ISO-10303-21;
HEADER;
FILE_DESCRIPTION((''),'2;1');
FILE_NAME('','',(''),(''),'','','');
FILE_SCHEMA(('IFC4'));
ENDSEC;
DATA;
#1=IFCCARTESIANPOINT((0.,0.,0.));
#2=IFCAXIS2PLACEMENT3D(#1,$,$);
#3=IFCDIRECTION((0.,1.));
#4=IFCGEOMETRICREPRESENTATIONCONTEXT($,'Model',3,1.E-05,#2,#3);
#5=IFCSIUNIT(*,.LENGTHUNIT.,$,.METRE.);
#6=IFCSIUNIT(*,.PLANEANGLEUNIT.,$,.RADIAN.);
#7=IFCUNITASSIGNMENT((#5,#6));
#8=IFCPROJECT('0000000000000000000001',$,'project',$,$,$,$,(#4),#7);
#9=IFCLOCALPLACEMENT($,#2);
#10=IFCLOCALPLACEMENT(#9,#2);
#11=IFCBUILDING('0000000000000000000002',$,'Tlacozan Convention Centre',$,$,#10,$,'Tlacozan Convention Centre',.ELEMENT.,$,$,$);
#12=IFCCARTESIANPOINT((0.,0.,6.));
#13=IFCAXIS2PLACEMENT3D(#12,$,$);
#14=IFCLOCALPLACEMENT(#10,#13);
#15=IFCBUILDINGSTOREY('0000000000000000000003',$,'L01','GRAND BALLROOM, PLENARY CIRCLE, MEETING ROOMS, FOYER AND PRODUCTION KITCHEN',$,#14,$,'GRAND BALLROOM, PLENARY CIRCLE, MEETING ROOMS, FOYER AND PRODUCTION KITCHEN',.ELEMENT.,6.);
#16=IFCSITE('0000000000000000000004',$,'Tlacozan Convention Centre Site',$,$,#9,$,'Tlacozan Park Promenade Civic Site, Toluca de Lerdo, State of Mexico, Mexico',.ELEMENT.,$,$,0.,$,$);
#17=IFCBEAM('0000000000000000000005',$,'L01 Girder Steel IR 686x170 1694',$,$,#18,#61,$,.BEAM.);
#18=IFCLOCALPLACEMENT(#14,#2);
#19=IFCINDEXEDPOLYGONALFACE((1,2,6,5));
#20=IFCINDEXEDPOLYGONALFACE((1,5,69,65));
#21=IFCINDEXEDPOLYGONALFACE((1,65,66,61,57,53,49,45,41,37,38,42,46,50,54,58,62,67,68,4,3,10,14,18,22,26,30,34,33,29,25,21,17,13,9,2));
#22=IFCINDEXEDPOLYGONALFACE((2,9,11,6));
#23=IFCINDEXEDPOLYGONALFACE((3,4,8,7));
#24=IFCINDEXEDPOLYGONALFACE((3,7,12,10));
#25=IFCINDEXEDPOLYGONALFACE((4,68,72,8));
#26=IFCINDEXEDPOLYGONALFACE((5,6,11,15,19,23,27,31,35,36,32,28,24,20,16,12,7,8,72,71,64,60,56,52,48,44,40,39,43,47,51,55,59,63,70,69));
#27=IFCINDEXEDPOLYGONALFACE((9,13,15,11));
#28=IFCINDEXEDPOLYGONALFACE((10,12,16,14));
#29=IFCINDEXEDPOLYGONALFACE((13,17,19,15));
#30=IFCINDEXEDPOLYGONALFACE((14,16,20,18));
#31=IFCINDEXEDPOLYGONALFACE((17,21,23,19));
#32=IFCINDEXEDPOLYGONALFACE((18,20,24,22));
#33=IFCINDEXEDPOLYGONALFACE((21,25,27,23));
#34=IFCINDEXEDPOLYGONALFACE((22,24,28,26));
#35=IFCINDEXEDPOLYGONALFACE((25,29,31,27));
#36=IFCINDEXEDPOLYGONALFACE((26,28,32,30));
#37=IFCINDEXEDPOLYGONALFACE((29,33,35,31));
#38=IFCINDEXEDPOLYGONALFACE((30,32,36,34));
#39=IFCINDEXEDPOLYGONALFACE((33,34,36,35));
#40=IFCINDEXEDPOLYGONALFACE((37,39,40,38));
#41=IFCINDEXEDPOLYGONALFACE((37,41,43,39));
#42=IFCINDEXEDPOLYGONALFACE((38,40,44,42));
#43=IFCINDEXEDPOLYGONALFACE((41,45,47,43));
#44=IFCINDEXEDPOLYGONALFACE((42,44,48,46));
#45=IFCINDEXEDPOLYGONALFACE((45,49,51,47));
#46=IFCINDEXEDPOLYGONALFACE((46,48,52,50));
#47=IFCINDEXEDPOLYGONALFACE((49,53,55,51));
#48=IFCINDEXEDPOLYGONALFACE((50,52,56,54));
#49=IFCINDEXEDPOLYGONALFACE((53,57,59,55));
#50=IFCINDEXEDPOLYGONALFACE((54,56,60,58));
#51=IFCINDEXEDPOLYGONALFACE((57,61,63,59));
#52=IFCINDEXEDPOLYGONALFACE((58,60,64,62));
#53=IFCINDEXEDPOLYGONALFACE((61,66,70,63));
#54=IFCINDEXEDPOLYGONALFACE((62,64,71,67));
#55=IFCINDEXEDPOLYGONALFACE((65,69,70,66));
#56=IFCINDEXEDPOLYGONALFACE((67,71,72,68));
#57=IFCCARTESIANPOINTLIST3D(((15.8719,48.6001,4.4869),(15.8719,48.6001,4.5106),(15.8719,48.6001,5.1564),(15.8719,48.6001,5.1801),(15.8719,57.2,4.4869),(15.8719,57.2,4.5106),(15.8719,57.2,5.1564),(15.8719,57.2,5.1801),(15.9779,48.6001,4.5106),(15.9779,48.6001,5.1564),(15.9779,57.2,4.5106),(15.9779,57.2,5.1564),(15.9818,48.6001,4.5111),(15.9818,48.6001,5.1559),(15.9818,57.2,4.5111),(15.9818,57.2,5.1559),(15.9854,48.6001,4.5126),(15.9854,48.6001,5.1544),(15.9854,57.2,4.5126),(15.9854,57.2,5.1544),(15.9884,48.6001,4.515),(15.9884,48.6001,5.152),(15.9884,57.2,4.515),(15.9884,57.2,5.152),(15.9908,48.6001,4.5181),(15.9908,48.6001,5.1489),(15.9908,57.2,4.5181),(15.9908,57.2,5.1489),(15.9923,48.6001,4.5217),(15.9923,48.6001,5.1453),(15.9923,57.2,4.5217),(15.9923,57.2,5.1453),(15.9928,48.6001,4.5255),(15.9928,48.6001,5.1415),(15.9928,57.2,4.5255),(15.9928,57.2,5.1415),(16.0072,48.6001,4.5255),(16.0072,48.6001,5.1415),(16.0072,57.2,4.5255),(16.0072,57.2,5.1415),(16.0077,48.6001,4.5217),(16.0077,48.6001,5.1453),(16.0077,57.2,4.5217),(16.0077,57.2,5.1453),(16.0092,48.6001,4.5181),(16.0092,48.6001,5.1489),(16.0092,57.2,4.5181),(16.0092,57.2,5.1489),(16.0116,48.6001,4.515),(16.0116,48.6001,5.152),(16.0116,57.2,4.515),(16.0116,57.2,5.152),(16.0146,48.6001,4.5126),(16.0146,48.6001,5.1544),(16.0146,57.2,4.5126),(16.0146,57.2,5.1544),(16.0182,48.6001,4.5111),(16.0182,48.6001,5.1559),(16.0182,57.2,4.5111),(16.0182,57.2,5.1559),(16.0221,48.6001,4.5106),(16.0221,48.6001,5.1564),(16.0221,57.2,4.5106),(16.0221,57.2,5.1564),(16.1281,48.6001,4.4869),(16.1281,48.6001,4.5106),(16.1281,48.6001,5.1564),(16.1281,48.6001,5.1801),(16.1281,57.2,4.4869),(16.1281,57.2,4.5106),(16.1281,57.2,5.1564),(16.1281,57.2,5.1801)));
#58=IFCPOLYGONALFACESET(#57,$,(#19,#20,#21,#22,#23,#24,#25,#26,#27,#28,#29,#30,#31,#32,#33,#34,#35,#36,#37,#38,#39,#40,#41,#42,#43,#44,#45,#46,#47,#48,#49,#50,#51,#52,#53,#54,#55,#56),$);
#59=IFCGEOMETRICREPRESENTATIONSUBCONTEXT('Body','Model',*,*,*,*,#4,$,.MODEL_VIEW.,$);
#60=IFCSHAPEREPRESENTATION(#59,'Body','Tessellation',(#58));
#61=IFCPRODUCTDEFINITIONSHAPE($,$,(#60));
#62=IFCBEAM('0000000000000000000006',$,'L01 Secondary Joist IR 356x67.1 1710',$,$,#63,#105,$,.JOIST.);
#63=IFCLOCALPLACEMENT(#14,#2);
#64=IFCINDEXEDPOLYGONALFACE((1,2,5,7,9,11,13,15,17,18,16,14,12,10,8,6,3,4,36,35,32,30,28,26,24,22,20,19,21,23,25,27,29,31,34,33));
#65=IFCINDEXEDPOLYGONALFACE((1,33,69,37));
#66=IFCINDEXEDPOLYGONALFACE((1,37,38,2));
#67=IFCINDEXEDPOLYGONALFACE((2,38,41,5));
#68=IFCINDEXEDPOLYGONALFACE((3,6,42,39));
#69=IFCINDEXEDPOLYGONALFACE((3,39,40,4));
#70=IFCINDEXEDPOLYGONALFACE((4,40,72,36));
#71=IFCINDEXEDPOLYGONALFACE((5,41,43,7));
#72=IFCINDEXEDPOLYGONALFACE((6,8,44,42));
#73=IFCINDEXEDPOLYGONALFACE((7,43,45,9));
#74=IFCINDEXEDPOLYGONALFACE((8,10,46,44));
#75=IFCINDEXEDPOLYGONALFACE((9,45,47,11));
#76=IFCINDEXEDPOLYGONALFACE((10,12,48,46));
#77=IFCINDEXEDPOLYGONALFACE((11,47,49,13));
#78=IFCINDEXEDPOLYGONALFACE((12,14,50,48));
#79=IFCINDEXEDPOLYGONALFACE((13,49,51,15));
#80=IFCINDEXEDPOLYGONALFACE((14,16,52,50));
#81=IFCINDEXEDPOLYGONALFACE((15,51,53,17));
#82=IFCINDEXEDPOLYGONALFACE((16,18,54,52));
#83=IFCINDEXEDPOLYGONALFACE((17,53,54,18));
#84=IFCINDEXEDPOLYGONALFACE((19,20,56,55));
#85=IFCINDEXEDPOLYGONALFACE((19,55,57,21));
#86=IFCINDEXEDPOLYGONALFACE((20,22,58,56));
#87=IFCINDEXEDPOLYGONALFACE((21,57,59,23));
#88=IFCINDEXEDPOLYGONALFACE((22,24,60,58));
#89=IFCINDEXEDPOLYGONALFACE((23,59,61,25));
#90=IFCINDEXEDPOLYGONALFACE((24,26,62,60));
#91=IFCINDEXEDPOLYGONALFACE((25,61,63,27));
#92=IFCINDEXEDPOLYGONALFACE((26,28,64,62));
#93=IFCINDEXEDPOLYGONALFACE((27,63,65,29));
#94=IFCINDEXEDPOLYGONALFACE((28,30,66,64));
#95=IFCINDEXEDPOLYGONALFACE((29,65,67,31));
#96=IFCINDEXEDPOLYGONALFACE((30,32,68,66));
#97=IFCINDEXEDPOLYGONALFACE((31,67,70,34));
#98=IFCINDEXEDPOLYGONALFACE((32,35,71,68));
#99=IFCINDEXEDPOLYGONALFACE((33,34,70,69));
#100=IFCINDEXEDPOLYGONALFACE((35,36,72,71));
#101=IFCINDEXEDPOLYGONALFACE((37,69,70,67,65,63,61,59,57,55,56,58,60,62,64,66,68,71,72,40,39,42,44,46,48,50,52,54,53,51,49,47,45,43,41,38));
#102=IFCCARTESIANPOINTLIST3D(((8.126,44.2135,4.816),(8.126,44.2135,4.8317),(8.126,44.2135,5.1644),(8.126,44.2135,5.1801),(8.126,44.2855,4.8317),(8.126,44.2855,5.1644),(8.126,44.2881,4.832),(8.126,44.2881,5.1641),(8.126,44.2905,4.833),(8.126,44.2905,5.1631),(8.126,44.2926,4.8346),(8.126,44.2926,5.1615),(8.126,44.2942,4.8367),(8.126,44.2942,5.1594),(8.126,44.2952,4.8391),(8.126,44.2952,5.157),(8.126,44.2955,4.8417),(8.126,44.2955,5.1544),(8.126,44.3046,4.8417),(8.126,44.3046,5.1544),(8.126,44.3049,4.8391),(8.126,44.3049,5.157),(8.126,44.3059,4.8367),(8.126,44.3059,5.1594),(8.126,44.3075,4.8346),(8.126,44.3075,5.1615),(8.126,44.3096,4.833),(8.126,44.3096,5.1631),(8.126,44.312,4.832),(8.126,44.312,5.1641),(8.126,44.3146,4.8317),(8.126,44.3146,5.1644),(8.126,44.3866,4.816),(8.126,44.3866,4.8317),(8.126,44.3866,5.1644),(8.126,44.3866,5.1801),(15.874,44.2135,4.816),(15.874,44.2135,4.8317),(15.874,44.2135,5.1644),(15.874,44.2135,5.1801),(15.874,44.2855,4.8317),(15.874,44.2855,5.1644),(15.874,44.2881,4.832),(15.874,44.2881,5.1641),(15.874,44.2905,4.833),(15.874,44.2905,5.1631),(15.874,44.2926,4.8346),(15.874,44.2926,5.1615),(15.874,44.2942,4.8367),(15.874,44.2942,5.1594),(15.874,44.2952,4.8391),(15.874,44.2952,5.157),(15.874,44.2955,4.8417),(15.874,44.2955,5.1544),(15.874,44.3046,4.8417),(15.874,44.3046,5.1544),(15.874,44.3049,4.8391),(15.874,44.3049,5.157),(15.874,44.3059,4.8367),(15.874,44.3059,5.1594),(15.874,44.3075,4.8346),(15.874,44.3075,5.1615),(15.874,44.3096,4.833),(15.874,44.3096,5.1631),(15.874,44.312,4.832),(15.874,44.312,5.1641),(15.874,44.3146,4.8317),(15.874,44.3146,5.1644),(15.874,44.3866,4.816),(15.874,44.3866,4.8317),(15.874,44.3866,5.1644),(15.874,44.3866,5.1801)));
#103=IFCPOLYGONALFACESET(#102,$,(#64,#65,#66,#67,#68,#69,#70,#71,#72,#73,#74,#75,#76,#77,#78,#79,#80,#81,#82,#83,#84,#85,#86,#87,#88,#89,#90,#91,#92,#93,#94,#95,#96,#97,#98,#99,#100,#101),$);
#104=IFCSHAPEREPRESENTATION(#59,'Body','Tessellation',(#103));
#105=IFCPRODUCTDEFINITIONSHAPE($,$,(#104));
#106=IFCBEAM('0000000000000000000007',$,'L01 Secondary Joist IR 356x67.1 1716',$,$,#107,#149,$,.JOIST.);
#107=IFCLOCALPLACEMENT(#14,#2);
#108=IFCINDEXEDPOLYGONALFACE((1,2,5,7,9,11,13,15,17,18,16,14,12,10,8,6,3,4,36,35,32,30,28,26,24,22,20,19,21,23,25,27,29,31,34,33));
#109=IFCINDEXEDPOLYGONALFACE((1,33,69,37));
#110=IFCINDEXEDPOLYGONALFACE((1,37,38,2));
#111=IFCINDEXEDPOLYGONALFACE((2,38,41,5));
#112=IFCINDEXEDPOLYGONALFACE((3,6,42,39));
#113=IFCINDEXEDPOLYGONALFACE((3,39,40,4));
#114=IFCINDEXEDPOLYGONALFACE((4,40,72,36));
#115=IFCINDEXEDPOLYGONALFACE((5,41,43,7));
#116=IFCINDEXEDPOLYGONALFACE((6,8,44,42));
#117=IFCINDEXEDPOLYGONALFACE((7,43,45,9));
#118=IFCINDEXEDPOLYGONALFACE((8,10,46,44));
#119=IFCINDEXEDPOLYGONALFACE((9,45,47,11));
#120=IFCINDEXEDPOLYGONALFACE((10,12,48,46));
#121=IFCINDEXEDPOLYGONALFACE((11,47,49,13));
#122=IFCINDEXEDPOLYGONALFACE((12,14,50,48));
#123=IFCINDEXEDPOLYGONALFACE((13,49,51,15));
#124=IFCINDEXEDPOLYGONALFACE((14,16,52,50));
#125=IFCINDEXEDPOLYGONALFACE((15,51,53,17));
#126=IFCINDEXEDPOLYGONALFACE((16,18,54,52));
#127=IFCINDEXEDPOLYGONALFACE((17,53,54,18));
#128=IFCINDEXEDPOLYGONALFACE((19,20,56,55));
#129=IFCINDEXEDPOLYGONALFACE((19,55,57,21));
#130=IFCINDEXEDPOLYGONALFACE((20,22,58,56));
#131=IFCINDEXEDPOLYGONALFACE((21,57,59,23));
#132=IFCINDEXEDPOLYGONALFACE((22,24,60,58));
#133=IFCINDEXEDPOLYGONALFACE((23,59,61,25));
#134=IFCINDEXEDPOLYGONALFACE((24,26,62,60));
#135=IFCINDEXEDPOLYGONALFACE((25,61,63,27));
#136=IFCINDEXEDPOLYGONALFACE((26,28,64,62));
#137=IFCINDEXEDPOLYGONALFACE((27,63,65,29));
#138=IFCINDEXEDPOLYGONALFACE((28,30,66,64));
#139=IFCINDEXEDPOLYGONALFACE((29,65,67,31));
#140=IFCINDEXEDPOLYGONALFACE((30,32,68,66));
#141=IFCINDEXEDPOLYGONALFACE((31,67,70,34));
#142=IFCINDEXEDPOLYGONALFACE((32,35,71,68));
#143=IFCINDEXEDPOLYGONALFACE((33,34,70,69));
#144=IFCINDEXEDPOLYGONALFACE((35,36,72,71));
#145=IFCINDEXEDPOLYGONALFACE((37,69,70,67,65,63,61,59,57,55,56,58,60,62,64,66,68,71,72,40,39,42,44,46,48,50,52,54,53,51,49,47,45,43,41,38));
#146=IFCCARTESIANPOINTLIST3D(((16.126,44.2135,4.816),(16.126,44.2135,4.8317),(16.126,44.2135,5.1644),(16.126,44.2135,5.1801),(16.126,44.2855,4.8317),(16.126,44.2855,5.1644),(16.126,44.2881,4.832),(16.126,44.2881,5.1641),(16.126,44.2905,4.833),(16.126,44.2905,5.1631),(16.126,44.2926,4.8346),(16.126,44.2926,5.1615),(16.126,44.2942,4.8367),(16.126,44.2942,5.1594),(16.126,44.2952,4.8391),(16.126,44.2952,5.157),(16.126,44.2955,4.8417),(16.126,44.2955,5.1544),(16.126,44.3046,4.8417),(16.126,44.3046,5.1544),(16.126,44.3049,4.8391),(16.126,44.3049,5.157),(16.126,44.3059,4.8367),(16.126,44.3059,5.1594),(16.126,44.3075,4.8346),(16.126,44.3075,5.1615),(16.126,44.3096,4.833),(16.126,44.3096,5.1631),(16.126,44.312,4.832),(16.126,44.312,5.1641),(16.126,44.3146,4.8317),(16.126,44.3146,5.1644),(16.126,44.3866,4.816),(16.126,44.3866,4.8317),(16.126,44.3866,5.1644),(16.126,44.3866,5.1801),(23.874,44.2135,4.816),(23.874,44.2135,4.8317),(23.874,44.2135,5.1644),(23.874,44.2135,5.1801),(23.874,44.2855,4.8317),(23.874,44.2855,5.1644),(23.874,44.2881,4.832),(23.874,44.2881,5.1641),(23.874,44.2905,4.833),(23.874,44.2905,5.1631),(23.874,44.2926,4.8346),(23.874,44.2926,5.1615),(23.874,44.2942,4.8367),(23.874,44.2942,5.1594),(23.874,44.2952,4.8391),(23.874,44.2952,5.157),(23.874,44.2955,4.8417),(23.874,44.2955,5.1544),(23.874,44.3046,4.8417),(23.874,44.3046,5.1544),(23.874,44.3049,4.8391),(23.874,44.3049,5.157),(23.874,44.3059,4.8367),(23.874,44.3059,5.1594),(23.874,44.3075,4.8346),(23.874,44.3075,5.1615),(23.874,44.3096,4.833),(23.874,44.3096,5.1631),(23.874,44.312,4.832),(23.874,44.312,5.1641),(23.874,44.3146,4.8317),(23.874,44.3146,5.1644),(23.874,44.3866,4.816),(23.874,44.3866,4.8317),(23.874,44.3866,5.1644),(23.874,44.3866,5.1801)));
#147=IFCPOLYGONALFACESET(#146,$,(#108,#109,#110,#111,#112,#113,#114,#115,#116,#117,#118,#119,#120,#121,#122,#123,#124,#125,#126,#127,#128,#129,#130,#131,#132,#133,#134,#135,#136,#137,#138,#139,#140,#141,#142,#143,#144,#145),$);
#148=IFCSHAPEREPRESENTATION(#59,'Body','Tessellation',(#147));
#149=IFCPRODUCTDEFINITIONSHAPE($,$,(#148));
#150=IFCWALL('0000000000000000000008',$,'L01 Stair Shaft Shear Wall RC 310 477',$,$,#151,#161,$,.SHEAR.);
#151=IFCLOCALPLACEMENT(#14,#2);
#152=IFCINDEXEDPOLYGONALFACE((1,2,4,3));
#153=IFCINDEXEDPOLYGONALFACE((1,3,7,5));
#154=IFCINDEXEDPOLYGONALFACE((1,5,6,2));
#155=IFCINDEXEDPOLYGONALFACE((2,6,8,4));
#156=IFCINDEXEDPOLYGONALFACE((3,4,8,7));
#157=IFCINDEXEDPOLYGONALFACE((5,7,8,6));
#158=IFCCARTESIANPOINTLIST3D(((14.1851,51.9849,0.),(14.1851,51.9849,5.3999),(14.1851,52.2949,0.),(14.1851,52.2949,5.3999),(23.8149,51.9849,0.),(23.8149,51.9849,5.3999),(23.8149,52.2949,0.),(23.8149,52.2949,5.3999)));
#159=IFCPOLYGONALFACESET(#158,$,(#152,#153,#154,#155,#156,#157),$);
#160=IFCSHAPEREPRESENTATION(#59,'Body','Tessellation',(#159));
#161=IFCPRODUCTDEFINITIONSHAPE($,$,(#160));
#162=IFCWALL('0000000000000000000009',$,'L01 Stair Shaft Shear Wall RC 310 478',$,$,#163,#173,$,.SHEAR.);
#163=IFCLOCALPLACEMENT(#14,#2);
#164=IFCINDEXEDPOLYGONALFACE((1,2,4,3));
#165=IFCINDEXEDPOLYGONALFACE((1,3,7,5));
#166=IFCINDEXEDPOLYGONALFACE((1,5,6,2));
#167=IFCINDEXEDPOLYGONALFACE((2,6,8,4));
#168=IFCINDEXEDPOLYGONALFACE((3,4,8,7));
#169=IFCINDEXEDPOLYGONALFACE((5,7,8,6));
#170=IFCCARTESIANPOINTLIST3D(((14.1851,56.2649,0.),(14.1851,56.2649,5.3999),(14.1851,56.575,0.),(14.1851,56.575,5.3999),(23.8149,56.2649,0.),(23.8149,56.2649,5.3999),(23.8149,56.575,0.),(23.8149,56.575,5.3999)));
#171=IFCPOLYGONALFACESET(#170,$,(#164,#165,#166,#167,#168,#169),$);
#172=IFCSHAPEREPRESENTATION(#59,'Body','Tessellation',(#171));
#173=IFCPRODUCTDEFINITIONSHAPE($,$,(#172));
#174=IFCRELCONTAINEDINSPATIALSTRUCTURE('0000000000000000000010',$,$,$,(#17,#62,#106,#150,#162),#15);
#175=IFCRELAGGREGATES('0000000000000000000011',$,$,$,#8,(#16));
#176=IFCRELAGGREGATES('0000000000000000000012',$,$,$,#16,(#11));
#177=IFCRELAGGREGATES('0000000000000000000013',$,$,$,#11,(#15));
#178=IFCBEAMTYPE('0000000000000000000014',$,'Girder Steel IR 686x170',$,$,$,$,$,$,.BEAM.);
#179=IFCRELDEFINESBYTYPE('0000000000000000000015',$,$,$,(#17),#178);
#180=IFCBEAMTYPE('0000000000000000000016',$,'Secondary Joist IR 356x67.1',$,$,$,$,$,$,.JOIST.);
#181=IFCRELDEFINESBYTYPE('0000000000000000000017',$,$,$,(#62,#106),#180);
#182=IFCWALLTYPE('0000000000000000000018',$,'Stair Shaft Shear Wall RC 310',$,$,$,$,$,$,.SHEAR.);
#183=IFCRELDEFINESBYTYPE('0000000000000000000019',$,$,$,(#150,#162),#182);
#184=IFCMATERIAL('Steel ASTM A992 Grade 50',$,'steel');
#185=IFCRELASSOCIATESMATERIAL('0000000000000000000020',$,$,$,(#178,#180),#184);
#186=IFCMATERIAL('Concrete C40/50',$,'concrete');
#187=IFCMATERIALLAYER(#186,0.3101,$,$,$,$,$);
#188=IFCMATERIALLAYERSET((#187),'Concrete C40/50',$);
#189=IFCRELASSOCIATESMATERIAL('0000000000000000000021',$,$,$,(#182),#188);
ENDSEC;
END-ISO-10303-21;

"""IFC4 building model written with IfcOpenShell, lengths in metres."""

from ifc_helpers import new_model, si_unit, direction, frame, frame_2d, origin, origin_2d, place, context, subcontext, project, spatial, rectangle, i_section, extrude, material, layer, layer_set, material_profile, profile_set, type_object, element, save


model = new_model("IFC4")

# Units and contexts
model_context = context("Model", 3, precision=1e-05, world=origin(), true_north=direction((0.0, 1.0)))
body_context = subcontext(model_context, "Body", "Model", "MODEL_VIEW")
ifc_project = project(units=[si_unit("LENGTHUNIT", "METRE"), si_unit("PLANEANGLEUNIT", "RADIAN")], contexts=[model_context])

# Site, building, storey
site_placement = place(None, origin())
site = spatial("IfcSite", under=ifc_project, at=site_placement, Name="Tlacozan Convention Centre Site", LongName="Tlacozan Park Promenade Civic Site, Toluca de Lerdo, State of Mexico, Mexico", CompositionType="ELEMENT", RefElevation=0.0)
building_placement = place(site_placement, origin())
building = spatial("IfcBuilding", under=site, at=building_placement, Name="Tlacozan Convention Centre", LongName="Tlacozan Convention Centre", CompositionType="ELEMENT")
storey_placement = place(building_placement, frame((0.0, 0.0, 6.0)))
storey = spatial("IfcBuildingStorey", under=building, at=storey_placement, Name="L01", Description="GRAND BALLROOM, PLENARY CIRCLE, MEETING ROOMS, FOYER AND PRODUCTION KITCHEN", LongName="GRAND BALLROOM, PLENARY CIRCLE, MEETING ROOMS, FOYER AND PRODUCTION KITCHEN", CompositionType="ELEMENT", Elevation=6.0)

# Beams
ifc_material_1 = material(Name="Steel ASTM A992 Grade 50", Category="steel")
ifc_material_profile_1 = material_profile(ifc_material_1, i_section(OverallWidth=0.2561, OverallDepth=0.6931, WebThickness=0.0144, FlangeThickness=0.0237, FilletRadius=0.0149, at=origin_2d()), Name="IR 686x170.0")
ifc_profile_set_1 = profile_set([ifc_material_profile_1], Name="Steel ASTM A992 Grade 50")
beam_type_1 = type_object("IfcBeamType", Name="Girder Steel IR 686x170", PredefinedType="BEAM", material=ifc_profile_set_1)
for number, where, z_axis, x_axis, name in (
    (1, (16.0, 48.6001, 4.8335), (0.0, 1.0, 0.0), (-1.0, 0.0, 0.0), "L01 Girder Steel IR 686x170 1694"),
):
    element("IfcBeam", number, at=place(storey_placement, frame(where, z_axis=z_axis, x_axis=x_axis)), inside=storey, type_object=beam_type_1, Name=name, PredefinedType="BEAM", context=body_context, shape_type="SweptSolid", body=[
        extrude(i_section(OverallWidth=0.2561, OverallDepth=0.6931, WebThickness=0.0144, FlangeThickness=0.0237, FilletRadius=0.0149, at=origin_2d()), origin(), (0.0, 0.0, 1.0), 8.5999),
    ])
ifc_material_profile_2 = material_profile(ifc_material_1, i_section(OverallWidth=0.1731, OverallDepth=0.364, WebThickness=0.009, FlangeThickness=0.0156, FilletRadius=0.01, at=origin_2d()), Name="IR 356x67.1")
ifc_profile_set_2 = profile_set([ifc_material_profile_2], Name="Steel ASTM A992 Grade 50")
beam_type_2 = type_object("IfcBeamType", Name="Secondary Joist IR 356x67.1", PredefinedType="JOIST", material=ifc_profile_set_2)
for number, where, z_axis, x_axis, name in (
    (2, (8.126, 44.3, 4.998), (1.0, 0.0, 0.0), (0.0, 1.0, 0.0), "L01 Secondary Joist IR 356x67.1 1710"),
    (3, (16.126, 44.3, 4.998), (1.0, 0.0, 0.0), (0.0, 1.0, 0.0), "L01 Secondary Joist IR 356x67.1 1716"),
):
    element("IfcBeam", number, at=place(storey_placement, frame(where, z_axis=z_axis, x_axis=x_axis)), inside=storey, type_object=beam_type_2, Name=name, PredefinedType="JOIST", context=body_context, shape_type="SweptSolid", body=[
        extrude(i_section(OverallWidth=0.1731, OverallDepth=0.364, WebThickness=0.009, FlangeThickness=0.0156, FilletRadius=0.01, at=origin_2d()), origin(), (0.0, 0.0, 1.0), 7.748),
    ])

# Walls
ifc_material_2 = material(Name="Concrete C40/50", Category="concrete")
ifc_layer_1 = layer(ifc_material_2, 0.3101)
ifc_layer_set_1 = layer_set([ifc_layer_1], Name="Concrete C40/50")
wall_type = type_object("IfcWallType", Name="Stair Shaft Shear Wall RC 310", PredefinedType="SHEAR", material=ifc_layer_set_1)
for number, where, z_axis, x_axis, name in (
    (4, (14.1851, 52.1399, 0.0), (0.0, 0.0, 1.0), (1.0, 0.0, 0.0), "L01 Stair Shaft Shear Wall RC 310 477"),
    (5, (14.1851, 56.4199, 0.0), (0.0, 0.0, 1.0), (1.0, 0.0, 0.0), "L01 Stair Shaft Shear Wall RC 310 478"),
):
    element("IfcWall", number, at=place(storey_placement, frame(where, z_axis=z_axis, x_axis=x_axis)), inside=storey, type_object=wall_type, Name=name, PredefinedType="SHEAR", context=body_context, shape_type="SweptSolid", body=[
        extrude(rectangle(XDim=9.6299, YDim=0.3101, at=frame_2d((4.8149, 0.0))), origin(), (0.0, 0.0, 1.0), 5.3999),
    ])

save(model, "model.ifc")
